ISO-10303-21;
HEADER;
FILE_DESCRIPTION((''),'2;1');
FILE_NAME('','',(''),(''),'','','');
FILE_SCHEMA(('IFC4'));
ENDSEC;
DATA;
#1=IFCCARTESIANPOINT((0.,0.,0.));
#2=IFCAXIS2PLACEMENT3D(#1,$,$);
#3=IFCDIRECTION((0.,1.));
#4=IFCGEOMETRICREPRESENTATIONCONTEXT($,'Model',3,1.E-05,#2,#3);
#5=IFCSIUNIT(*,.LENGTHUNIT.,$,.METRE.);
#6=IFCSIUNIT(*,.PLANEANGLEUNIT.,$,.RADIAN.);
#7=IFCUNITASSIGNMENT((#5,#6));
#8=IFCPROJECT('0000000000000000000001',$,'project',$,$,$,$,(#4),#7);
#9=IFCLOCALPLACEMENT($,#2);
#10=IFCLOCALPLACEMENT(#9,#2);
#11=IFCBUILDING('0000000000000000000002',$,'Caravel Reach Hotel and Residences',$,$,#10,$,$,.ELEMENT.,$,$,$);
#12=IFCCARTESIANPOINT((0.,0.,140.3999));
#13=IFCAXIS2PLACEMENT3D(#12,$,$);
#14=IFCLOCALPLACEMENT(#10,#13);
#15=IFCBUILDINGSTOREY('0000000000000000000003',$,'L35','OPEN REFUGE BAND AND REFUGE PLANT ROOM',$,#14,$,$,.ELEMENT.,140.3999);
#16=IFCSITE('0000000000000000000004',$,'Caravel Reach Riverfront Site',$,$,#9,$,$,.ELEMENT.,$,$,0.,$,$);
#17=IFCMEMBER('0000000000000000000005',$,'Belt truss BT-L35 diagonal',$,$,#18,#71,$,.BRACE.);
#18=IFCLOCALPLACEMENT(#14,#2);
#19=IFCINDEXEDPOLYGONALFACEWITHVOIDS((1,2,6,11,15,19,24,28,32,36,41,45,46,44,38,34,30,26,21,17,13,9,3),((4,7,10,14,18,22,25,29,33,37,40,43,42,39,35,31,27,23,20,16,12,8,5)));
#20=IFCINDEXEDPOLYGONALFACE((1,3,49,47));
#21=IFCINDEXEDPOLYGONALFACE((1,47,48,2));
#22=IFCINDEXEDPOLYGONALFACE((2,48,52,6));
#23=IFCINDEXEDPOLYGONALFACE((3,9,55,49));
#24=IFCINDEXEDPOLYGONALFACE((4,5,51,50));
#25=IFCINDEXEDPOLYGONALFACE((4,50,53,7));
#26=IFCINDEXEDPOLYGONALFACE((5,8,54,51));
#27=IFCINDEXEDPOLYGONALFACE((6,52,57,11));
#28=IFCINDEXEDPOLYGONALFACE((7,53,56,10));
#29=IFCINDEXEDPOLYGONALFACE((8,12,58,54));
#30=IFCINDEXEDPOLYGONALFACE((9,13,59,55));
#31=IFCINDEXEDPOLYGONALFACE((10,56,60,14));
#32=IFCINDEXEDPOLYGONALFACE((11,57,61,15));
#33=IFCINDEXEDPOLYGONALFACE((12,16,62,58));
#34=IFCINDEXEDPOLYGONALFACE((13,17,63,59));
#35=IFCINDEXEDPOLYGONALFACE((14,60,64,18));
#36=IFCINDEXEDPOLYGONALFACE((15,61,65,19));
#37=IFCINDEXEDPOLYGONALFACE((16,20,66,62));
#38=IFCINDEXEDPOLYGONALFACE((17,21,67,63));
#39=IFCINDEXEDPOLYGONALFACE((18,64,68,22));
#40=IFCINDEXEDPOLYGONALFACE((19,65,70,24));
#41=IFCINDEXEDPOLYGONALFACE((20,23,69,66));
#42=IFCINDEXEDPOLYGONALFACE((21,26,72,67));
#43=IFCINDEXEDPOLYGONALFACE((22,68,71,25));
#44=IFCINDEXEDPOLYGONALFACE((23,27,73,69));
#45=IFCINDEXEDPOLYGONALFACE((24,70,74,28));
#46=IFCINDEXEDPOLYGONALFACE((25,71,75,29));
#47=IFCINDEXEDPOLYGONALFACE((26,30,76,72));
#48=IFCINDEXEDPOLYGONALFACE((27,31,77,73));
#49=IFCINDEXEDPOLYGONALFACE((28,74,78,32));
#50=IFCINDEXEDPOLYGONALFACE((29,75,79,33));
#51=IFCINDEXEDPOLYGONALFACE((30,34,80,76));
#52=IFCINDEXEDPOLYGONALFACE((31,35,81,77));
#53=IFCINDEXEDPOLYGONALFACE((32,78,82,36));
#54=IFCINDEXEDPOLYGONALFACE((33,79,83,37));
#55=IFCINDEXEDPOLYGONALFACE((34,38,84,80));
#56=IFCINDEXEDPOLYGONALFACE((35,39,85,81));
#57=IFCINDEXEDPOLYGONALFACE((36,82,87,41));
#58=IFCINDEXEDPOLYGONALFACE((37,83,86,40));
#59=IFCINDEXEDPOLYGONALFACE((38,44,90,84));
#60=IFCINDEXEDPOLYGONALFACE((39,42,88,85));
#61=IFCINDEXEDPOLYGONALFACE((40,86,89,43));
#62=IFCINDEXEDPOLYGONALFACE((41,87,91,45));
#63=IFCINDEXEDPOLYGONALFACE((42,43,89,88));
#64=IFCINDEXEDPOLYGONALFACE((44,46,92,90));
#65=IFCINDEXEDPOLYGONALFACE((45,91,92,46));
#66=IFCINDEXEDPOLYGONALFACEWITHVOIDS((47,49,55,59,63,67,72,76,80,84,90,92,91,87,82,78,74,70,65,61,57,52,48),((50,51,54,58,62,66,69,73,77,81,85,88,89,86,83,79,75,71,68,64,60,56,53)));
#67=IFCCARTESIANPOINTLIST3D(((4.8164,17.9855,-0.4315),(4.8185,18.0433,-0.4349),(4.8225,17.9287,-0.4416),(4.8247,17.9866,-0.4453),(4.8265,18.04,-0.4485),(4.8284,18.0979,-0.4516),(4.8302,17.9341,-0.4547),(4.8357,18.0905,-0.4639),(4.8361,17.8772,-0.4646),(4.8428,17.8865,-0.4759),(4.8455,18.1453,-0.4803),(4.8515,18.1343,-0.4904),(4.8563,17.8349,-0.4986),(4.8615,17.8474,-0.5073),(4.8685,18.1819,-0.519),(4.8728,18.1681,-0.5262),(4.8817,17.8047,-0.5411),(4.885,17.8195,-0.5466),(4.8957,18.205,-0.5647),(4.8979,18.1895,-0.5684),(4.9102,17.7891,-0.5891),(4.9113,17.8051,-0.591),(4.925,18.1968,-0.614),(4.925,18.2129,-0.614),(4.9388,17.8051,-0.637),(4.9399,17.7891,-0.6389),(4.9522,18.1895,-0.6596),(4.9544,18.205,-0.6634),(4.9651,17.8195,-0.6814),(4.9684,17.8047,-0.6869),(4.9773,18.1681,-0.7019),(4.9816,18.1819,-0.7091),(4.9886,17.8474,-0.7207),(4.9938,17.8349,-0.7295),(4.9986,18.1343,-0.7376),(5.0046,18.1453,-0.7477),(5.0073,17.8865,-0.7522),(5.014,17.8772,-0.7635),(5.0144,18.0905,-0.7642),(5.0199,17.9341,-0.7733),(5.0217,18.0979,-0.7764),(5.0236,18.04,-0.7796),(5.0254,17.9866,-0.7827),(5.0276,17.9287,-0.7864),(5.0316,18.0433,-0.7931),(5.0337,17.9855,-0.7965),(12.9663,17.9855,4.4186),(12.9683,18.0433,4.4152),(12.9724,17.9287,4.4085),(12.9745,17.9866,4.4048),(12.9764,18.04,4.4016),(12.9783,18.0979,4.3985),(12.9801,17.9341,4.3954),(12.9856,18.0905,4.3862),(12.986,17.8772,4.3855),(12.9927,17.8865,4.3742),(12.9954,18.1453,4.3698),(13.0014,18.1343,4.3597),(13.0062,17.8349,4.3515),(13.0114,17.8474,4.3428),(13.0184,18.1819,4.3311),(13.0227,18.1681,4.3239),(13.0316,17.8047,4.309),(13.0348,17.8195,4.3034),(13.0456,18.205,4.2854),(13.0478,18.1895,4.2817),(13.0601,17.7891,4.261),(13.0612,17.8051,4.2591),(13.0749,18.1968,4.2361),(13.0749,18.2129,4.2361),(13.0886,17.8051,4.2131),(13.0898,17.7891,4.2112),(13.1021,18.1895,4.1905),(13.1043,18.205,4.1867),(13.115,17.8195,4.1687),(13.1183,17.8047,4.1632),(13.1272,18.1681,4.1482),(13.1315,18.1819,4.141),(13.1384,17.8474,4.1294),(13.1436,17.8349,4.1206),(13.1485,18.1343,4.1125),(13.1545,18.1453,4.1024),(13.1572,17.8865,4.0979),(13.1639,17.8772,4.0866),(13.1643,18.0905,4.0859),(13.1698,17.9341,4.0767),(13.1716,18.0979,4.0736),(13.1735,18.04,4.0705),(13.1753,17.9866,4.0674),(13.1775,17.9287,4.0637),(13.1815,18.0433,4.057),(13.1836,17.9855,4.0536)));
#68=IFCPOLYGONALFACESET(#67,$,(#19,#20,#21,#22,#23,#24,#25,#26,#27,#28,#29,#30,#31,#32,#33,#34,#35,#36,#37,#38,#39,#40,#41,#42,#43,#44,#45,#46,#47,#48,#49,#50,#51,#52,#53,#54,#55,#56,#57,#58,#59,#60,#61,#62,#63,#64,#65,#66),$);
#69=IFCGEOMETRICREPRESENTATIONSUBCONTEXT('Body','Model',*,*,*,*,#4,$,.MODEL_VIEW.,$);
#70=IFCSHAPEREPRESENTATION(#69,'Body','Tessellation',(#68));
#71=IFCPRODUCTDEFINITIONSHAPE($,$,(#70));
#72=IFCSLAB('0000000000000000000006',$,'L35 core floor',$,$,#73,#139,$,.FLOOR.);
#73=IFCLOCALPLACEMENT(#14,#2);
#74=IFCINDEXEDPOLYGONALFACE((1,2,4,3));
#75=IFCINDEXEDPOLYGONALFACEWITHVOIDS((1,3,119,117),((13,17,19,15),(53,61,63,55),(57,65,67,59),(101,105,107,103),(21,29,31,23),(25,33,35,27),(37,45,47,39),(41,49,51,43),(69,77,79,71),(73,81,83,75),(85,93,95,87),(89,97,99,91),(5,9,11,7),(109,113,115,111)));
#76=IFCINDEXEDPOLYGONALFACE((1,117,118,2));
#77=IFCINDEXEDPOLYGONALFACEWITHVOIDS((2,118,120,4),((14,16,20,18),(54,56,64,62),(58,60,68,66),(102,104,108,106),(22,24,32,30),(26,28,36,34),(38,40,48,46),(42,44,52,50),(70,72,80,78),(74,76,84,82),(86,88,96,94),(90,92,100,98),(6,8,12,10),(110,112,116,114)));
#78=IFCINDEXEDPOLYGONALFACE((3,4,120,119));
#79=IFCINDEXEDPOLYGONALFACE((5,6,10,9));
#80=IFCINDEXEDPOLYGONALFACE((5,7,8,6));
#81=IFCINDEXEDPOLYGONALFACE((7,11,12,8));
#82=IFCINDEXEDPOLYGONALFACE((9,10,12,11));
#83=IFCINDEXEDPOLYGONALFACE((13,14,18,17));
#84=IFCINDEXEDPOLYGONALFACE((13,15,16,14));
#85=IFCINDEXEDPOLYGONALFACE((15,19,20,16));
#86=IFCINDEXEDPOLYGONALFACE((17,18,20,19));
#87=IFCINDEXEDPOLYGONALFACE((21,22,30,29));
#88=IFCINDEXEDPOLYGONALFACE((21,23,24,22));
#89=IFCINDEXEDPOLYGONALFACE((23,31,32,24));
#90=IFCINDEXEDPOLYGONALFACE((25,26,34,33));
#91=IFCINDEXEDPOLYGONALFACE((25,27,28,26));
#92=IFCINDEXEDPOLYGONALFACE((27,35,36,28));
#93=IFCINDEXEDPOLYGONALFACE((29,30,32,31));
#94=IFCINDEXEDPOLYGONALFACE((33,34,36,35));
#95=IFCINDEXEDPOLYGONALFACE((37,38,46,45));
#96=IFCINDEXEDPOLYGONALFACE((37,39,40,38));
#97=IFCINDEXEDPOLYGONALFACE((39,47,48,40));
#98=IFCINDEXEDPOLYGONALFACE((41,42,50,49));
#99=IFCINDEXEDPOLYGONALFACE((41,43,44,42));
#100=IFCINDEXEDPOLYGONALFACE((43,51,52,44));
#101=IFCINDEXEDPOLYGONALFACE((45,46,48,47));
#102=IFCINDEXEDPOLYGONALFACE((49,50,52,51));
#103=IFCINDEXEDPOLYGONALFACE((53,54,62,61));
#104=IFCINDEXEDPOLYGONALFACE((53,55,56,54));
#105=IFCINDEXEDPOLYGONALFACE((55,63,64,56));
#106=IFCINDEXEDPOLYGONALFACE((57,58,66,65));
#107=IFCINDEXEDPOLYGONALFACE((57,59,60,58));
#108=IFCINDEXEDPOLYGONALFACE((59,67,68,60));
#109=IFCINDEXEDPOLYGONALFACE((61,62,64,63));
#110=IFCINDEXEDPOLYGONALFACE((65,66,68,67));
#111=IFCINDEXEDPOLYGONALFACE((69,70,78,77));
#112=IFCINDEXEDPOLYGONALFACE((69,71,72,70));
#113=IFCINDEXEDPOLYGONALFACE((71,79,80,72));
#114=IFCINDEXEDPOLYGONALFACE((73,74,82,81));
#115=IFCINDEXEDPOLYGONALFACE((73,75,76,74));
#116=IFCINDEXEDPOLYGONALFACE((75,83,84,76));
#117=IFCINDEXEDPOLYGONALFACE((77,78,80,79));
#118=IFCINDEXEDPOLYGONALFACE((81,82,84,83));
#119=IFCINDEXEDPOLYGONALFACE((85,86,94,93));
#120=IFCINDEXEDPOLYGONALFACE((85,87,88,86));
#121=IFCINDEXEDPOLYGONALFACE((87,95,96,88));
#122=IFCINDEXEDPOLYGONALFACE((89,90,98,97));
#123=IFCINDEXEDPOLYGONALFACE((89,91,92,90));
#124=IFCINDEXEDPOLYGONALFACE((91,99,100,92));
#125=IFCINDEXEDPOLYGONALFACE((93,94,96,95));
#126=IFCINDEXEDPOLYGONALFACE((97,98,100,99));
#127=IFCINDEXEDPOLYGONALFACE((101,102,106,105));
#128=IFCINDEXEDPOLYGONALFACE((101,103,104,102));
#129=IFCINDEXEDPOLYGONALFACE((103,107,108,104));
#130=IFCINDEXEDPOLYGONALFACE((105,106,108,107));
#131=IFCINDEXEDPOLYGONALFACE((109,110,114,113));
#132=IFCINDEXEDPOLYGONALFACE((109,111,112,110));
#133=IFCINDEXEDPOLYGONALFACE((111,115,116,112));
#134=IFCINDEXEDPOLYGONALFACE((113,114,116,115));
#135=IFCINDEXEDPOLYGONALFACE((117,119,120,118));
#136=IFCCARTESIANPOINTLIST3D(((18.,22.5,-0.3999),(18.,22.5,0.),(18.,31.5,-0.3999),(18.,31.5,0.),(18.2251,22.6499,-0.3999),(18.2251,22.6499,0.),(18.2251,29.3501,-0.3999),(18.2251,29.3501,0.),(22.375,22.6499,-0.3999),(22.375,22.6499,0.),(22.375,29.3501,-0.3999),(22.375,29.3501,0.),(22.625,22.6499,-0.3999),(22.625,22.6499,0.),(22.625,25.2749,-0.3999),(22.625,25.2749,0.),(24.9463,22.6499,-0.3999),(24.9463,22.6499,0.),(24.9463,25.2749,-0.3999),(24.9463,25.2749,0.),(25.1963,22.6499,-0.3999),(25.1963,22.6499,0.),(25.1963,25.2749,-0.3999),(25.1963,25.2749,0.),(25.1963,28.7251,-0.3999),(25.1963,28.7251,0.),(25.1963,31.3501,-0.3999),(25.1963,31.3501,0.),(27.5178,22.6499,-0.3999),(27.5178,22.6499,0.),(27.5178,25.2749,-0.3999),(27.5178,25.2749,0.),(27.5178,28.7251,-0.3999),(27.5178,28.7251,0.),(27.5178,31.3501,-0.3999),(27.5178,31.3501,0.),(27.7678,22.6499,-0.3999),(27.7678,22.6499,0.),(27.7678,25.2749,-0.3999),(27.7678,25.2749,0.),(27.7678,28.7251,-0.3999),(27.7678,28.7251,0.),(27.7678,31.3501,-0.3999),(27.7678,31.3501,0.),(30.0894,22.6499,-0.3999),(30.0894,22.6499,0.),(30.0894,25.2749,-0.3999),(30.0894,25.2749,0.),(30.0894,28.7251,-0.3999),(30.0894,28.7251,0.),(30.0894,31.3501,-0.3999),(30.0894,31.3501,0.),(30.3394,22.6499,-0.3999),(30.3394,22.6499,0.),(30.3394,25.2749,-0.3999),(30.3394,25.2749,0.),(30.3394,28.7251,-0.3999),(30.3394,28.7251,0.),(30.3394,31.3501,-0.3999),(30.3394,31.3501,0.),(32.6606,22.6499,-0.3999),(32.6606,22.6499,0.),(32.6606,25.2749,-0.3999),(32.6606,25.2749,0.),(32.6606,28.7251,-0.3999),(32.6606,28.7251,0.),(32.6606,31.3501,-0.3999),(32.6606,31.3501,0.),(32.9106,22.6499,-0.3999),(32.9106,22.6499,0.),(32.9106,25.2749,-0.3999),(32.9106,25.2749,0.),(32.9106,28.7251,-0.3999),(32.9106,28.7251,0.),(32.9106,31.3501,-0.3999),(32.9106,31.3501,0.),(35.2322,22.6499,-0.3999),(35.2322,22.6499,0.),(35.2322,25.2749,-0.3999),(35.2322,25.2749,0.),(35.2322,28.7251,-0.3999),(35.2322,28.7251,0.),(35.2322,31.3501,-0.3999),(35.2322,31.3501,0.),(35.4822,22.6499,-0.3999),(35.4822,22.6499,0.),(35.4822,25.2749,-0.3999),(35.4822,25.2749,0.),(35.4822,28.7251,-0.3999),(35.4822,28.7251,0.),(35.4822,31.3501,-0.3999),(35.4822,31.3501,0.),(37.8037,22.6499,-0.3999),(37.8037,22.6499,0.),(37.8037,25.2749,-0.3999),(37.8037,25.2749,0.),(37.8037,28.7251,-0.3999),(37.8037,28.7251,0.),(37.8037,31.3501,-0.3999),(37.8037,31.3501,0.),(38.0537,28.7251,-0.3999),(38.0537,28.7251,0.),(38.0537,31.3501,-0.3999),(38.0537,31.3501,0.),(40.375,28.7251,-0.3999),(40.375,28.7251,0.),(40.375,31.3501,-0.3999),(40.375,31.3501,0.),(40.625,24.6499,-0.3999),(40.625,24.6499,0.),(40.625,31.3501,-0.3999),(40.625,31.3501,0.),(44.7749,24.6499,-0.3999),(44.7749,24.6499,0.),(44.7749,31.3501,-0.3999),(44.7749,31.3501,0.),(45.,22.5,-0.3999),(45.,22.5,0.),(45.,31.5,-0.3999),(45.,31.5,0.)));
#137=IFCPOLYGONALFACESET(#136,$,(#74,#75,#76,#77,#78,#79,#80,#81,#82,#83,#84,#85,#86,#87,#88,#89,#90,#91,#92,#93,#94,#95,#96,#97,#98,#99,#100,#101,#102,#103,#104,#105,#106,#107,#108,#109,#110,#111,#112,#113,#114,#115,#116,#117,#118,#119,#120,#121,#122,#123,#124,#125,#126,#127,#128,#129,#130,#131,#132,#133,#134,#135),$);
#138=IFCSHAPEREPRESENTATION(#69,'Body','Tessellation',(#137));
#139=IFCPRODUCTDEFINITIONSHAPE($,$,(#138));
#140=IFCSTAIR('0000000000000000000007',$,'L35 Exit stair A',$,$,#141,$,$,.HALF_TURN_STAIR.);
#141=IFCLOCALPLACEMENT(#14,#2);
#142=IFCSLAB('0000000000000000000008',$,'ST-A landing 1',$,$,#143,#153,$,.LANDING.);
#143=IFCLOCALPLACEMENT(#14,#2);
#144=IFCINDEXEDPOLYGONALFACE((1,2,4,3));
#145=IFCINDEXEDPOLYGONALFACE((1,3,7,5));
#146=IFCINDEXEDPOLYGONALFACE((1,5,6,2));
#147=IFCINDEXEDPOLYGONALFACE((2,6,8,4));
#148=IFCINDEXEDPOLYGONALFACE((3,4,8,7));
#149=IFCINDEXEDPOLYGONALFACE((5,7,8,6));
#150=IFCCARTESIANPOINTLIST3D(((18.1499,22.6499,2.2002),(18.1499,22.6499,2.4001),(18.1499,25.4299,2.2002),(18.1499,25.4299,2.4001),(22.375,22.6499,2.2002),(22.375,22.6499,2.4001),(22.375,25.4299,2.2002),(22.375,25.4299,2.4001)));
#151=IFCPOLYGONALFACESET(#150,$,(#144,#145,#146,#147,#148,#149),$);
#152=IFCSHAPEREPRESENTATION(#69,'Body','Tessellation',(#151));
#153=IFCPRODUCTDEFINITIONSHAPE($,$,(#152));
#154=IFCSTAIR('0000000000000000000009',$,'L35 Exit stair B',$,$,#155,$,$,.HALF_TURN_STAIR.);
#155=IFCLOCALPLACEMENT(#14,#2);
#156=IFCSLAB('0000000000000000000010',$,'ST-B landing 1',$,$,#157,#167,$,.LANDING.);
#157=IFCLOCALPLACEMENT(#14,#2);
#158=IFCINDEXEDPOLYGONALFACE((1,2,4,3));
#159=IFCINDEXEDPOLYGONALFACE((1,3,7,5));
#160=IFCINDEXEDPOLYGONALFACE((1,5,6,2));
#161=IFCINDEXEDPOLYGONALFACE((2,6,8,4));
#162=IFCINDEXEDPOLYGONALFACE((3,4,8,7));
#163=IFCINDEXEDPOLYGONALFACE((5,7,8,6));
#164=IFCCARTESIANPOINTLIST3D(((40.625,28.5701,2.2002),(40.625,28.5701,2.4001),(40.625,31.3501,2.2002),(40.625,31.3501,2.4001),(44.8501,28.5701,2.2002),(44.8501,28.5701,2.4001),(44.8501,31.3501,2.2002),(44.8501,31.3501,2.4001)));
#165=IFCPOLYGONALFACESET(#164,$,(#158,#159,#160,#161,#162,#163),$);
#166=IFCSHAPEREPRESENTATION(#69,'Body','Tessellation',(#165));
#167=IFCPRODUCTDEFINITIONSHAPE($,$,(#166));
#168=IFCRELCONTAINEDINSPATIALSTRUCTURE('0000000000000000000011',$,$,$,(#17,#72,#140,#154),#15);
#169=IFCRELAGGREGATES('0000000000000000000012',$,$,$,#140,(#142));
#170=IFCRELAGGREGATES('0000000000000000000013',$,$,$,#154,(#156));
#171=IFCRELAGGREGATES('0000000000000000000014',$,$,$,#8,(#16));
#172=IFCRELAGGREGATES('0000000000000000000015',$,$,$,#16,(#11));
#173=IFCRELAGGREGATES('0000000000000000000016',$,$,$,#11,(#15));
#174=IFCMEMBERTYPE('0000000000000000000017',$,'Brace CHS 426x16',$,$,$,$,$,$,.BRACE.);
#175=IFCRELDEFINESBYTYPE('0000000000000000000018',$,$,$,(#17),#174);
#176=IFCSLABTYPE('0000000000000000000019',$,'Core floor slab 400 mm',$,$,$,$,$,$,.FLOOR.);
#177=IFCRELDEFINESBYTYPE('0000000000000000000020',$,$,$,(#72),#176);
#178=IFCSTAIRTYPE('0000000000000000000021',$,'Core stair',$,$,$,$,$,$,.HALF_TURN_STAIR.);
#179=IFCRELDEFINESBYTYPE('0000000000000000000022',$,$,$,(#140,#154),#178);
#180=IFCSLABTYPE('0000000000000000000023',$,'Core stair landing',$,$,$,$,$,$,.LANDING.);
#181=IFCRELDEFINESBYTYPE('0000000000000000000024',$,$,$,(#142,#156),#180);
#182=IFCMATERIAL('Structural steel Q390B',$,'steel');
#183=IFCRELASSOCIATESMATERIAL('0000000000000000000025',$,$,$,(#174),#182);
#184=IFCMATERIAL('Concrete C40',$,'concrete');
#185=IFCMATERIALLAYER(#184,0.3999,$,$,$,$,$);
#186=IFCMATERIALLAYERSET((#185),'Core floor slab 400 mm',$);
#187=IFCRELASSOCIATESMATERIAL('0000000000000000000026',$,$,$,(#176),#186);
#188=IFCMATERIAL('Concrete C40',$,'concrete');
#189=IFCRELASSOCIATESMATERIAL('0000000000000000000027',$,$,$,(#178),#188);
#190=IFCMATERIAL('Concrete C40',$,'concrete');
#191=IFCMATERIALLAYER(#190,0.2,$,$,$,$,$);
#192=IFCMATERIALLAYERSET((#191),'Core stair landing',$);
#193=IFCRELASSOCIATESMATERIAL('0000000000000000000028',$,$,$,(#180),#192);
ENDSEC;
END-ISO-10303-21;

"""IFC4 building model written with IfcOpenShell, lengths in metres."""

from ifc_helpers import new_model, si_unit, direction, frame, origin, origin_2d, place, context, subcontext, project, spatial, polyline, hollow_circle, outline, extrude, material, layer, layer_set, material_profile, profile_set, type_object, element, aggregate, save


model = new_model("IFC4")

# Units and contexts
model_context = context("Model", 3, precision=1e-05, world=origin(), true_north=direction((0.0, 1.0)))
body_context = subcontext(model_context, "Body", "Model", "MODEL_VIEW")
ifc_project = project(units=[si_unit("LENGTHUNIT", "METRE"), si_unit("PLANEANGLEUNIT", "RADIAN")], contexts=[model_context])

# Site, building, storey
site_placement = place(None, origin())
site = spatial("IfcSite", under=ifc_project, at=site_placement, Name="Caravel Reach Riverfront Site", CompositionType="ELEMENT", RefElevation=0.0)
building_placement = place(site_placement, origin())
building = spatial("IfcBuilding", under=site, at=building_placement, Name="Caravel Reach Hotel and Residences", CompositionType="ELEMENT")
storey_placement = place(building_placement, frame((0.0, 0.0, 140.3999)))
storey = spatial("IfcBuildingStorey", under=building, at=storey_placement, Name="L35", Description="OPEN REFUGE BAND AND REFUGE PLANT ROOM", CompositionType="ELEMENT", Elevation=140.3999)

# Member
ifc_material_1 = material(Name="Structural steel Q390B", Category="steel")
ifc_material_profile_1 = material_profile(ifc_material_1, hollow_circle(Radius=0.2129, WallThickness=0.0161, at=origin_2d()), Name="CHS 426x16")
ifc_profile_set_1 = profile_set([ifc_material_profile_1], Name="Structural steel Q390B")
member_type = type_object("IfcMemberType", Name="Brace CHS 426x16", PredefinedType="BRACE", material=ifc_profile_set_1)
member_placement = place(storey_placement, frame((4.925, 18.0, -0.614), z_axis=(0.859341, 0.0, 0.511403), x_axis=(0.0, 1.0, 0.0)))
element("IfcMember", 1, at=member_placement, inside=storey, type_object=member_type, Name="Belt truss BT-L35 diagonal", PredefinedType="BRACE", context=body_context, shape_type="SweptSolid", body=[
    extrude(hollow_circle(Radius=0.2129, WallThickness=0.0161, at=origin_2d()), origin(), (0.0, 0.0, 1.0), 9.4839),
])

# Slab
ifc_material_2 = material(Name="Concrete C40", Category="concrete")
ifc_layer_1 = layer(ifc_material_2, 0.3999)
ifc_layer_set_1 = layer_set([ifc_layer_1], Name="Core floor slab 400 mm")
slab_type_1 = type_object("IfcSlabType", Name="Core floor slab 400 mm", PredefinedType="FLOOR", material=ifc_layer_set_1)
slab_1_placement = place(storey_placement, frame((0.0, 0.0, -0.3999)))
element("IfcSlab", 2, at=slab_1_placement, inside=storey, type_object=slab_type_1, Name="L35 core floor", PredefinedType="FLOOR", context=body_context, shape_type="SweptSolid", body=[
    extrude(outline(polyline([(18.0, 31.5), (45.0, 31.5), (45.0, 22.5), (18.0, 22.5), (18.0, 31.5)]), holes=[polyline([(22.625, 25.2749), (22.625, 22.6499), (24.9463, 22.6499), (24.9463, 25.2749), (22.625, 25.2749)]), polyline([(27.5178, 25.2749), (25.1963, 25.2749), (25.1963, 22.6499), (27.5178, 22.6499), (27.5178, 25.2749)]), polyline([(30.0894, 25.2749), (27.7678, 25.2749), (27.7678, 22.6499), (30.0894, 22.6499), (30.0894, 25.2749)]), polyline([(32.6606, 25.2749), (30.3394, 25.2749), (30.3394, 22.6499), (32.6606, 22.6499), (32.6606, 25.2749)]), polyline([(18.2251, 22.6499), (22.375, 22.6499), (22.375, 29.3501), (18.2251, 29.3501), (18.2251, 22.6499)]), polyline([(27.5178, 31.3501), (25.1963, 31.3501), (25.1963, 28.7251), (27.5178, 28.7251), (27.5178, 31.3501)]), polyline([(30.0894, 31.3501), (27.7678, 31.3501), (27.7678, 28.7251), (30.0894, 28.7251), (30.0894, 31.3501)]), polyline([(32.9106, 25.2749), (32.9106, 22.6499), (35.2322, 22.6499), (35.2322, 25.2749), (32.9106, 25.2749)]), polyline([(37.8037, 25.2749), (35.4822, 25.2749), (35.4822, 22.6499), (37.8037, 22.6499), (37.8037, 25.2749)]), polyline([(44.7749, 31.3501), (40.625, 31.3501), (40.625, 24.6499), (44.7749, 24.6499), (44.7749, 31.3501)]), polyline([(32.6606, 31.3501), (30.3394, 31.3501), (30.3394, 28.7251), (32.6606, 28.7251), (32.6606, 31.3501)]), polyline([(35.2322, 31.3501), (32.9106, 31.3501), (32.9106, 28.7251), (35.2322, 28.7251), (35.2322, 31.3501)]), polyline([(37.8037, 31.3501), (35.4822, 31.3501), (35.4822, 28.7251), (37.8037, 28.7251), (37.8037, 31.3501)]), polyline([(40.375, 31.3501), (38.0537, 31.3501), (38.0537, 28.7251), (40.375, 28.7251), (40.375, 31.3501)])]), origin(), (0.0, 0.0, 1.0), 0.3999),
])

# Stairs, slabs
ifc_material_3 = material(Name="Concrete C40", Category="concrete")
stair_type = type_object("IfcStairType", Name="Core stair", PredefinedType="HALF_TURN_STAIR", material=ifc_material_3)
stair_1_placement = place(storey_placement, origin())
stair_1 = element("IfcStair", 3, at=stair_1_placement, inside=storey, type_object=stair_type, Name="L35 Exit stair A", PredefinedType="HALF_TURN_STAIR")
ifc_material_4 = material(Name="Concrete C40", Category="concrete")
ifc_layer_2 = layer(ifc_material_4, 0.2)
ifc_layer_set_2 = layer_set([ifc_layer_2], Name="Core stair landing")
slab_type_2 = type_object("IfcSlabType", Name="Core stair landing", PredefinedType="LANDING", material=ifc_layer_set_2)
slab_2_placement = place(storey_placement, frame((0.0, 0.0, 2.2002)))
slab_2 = element("IfcSlab", 4, at=slab_2_placement, type_object=slab_type_2, Name="ST-A landing 1", PredefinedType="LANDING", context=body_context, shape_type="SweptSolid", body=[
    extrude(outline(polyline([(18.1499, 25.4299), (18.1499, 22.6499), (22.375, 22.6499), (22.375, 25.4299), (18.1499, 25.4299)])), origin(), (0.0, 0.0, 1.0), 0.2),
])
aggregate(stair_1, [slab_2])
stair_2_placement = place(storey_placement, origin())
stair_2 = element("IfcStair", 5, at=stair_2_placement, inside=storey, type_object=stair_type, Name="L35 Exit stair B", PredefinedType="HALF_TURN_STAIR")
slab_3_placement = place(storey_placement, frame((0.0, 0.0, 2.2002)))
slab_3 = element("IfcSlab", 6, at=slab_3_placement, type_object=slab_type_2, Name="ST-B landing 1", PredefinedType="LANDING", context=body_context, shape_type="SweptSolid", body=[
    extrude(outline(polyline([(44.8501, 28.5701), (44.8501, 31.3501), (40.625, 31.3501), (40.625, 28.5701), (44.8501, 28.5701)])), origin(), (0.0, 0.0, 1.0), 0.2),
])
aggregate(stair_2, [slab_3])

save(model, "model.ifc")
